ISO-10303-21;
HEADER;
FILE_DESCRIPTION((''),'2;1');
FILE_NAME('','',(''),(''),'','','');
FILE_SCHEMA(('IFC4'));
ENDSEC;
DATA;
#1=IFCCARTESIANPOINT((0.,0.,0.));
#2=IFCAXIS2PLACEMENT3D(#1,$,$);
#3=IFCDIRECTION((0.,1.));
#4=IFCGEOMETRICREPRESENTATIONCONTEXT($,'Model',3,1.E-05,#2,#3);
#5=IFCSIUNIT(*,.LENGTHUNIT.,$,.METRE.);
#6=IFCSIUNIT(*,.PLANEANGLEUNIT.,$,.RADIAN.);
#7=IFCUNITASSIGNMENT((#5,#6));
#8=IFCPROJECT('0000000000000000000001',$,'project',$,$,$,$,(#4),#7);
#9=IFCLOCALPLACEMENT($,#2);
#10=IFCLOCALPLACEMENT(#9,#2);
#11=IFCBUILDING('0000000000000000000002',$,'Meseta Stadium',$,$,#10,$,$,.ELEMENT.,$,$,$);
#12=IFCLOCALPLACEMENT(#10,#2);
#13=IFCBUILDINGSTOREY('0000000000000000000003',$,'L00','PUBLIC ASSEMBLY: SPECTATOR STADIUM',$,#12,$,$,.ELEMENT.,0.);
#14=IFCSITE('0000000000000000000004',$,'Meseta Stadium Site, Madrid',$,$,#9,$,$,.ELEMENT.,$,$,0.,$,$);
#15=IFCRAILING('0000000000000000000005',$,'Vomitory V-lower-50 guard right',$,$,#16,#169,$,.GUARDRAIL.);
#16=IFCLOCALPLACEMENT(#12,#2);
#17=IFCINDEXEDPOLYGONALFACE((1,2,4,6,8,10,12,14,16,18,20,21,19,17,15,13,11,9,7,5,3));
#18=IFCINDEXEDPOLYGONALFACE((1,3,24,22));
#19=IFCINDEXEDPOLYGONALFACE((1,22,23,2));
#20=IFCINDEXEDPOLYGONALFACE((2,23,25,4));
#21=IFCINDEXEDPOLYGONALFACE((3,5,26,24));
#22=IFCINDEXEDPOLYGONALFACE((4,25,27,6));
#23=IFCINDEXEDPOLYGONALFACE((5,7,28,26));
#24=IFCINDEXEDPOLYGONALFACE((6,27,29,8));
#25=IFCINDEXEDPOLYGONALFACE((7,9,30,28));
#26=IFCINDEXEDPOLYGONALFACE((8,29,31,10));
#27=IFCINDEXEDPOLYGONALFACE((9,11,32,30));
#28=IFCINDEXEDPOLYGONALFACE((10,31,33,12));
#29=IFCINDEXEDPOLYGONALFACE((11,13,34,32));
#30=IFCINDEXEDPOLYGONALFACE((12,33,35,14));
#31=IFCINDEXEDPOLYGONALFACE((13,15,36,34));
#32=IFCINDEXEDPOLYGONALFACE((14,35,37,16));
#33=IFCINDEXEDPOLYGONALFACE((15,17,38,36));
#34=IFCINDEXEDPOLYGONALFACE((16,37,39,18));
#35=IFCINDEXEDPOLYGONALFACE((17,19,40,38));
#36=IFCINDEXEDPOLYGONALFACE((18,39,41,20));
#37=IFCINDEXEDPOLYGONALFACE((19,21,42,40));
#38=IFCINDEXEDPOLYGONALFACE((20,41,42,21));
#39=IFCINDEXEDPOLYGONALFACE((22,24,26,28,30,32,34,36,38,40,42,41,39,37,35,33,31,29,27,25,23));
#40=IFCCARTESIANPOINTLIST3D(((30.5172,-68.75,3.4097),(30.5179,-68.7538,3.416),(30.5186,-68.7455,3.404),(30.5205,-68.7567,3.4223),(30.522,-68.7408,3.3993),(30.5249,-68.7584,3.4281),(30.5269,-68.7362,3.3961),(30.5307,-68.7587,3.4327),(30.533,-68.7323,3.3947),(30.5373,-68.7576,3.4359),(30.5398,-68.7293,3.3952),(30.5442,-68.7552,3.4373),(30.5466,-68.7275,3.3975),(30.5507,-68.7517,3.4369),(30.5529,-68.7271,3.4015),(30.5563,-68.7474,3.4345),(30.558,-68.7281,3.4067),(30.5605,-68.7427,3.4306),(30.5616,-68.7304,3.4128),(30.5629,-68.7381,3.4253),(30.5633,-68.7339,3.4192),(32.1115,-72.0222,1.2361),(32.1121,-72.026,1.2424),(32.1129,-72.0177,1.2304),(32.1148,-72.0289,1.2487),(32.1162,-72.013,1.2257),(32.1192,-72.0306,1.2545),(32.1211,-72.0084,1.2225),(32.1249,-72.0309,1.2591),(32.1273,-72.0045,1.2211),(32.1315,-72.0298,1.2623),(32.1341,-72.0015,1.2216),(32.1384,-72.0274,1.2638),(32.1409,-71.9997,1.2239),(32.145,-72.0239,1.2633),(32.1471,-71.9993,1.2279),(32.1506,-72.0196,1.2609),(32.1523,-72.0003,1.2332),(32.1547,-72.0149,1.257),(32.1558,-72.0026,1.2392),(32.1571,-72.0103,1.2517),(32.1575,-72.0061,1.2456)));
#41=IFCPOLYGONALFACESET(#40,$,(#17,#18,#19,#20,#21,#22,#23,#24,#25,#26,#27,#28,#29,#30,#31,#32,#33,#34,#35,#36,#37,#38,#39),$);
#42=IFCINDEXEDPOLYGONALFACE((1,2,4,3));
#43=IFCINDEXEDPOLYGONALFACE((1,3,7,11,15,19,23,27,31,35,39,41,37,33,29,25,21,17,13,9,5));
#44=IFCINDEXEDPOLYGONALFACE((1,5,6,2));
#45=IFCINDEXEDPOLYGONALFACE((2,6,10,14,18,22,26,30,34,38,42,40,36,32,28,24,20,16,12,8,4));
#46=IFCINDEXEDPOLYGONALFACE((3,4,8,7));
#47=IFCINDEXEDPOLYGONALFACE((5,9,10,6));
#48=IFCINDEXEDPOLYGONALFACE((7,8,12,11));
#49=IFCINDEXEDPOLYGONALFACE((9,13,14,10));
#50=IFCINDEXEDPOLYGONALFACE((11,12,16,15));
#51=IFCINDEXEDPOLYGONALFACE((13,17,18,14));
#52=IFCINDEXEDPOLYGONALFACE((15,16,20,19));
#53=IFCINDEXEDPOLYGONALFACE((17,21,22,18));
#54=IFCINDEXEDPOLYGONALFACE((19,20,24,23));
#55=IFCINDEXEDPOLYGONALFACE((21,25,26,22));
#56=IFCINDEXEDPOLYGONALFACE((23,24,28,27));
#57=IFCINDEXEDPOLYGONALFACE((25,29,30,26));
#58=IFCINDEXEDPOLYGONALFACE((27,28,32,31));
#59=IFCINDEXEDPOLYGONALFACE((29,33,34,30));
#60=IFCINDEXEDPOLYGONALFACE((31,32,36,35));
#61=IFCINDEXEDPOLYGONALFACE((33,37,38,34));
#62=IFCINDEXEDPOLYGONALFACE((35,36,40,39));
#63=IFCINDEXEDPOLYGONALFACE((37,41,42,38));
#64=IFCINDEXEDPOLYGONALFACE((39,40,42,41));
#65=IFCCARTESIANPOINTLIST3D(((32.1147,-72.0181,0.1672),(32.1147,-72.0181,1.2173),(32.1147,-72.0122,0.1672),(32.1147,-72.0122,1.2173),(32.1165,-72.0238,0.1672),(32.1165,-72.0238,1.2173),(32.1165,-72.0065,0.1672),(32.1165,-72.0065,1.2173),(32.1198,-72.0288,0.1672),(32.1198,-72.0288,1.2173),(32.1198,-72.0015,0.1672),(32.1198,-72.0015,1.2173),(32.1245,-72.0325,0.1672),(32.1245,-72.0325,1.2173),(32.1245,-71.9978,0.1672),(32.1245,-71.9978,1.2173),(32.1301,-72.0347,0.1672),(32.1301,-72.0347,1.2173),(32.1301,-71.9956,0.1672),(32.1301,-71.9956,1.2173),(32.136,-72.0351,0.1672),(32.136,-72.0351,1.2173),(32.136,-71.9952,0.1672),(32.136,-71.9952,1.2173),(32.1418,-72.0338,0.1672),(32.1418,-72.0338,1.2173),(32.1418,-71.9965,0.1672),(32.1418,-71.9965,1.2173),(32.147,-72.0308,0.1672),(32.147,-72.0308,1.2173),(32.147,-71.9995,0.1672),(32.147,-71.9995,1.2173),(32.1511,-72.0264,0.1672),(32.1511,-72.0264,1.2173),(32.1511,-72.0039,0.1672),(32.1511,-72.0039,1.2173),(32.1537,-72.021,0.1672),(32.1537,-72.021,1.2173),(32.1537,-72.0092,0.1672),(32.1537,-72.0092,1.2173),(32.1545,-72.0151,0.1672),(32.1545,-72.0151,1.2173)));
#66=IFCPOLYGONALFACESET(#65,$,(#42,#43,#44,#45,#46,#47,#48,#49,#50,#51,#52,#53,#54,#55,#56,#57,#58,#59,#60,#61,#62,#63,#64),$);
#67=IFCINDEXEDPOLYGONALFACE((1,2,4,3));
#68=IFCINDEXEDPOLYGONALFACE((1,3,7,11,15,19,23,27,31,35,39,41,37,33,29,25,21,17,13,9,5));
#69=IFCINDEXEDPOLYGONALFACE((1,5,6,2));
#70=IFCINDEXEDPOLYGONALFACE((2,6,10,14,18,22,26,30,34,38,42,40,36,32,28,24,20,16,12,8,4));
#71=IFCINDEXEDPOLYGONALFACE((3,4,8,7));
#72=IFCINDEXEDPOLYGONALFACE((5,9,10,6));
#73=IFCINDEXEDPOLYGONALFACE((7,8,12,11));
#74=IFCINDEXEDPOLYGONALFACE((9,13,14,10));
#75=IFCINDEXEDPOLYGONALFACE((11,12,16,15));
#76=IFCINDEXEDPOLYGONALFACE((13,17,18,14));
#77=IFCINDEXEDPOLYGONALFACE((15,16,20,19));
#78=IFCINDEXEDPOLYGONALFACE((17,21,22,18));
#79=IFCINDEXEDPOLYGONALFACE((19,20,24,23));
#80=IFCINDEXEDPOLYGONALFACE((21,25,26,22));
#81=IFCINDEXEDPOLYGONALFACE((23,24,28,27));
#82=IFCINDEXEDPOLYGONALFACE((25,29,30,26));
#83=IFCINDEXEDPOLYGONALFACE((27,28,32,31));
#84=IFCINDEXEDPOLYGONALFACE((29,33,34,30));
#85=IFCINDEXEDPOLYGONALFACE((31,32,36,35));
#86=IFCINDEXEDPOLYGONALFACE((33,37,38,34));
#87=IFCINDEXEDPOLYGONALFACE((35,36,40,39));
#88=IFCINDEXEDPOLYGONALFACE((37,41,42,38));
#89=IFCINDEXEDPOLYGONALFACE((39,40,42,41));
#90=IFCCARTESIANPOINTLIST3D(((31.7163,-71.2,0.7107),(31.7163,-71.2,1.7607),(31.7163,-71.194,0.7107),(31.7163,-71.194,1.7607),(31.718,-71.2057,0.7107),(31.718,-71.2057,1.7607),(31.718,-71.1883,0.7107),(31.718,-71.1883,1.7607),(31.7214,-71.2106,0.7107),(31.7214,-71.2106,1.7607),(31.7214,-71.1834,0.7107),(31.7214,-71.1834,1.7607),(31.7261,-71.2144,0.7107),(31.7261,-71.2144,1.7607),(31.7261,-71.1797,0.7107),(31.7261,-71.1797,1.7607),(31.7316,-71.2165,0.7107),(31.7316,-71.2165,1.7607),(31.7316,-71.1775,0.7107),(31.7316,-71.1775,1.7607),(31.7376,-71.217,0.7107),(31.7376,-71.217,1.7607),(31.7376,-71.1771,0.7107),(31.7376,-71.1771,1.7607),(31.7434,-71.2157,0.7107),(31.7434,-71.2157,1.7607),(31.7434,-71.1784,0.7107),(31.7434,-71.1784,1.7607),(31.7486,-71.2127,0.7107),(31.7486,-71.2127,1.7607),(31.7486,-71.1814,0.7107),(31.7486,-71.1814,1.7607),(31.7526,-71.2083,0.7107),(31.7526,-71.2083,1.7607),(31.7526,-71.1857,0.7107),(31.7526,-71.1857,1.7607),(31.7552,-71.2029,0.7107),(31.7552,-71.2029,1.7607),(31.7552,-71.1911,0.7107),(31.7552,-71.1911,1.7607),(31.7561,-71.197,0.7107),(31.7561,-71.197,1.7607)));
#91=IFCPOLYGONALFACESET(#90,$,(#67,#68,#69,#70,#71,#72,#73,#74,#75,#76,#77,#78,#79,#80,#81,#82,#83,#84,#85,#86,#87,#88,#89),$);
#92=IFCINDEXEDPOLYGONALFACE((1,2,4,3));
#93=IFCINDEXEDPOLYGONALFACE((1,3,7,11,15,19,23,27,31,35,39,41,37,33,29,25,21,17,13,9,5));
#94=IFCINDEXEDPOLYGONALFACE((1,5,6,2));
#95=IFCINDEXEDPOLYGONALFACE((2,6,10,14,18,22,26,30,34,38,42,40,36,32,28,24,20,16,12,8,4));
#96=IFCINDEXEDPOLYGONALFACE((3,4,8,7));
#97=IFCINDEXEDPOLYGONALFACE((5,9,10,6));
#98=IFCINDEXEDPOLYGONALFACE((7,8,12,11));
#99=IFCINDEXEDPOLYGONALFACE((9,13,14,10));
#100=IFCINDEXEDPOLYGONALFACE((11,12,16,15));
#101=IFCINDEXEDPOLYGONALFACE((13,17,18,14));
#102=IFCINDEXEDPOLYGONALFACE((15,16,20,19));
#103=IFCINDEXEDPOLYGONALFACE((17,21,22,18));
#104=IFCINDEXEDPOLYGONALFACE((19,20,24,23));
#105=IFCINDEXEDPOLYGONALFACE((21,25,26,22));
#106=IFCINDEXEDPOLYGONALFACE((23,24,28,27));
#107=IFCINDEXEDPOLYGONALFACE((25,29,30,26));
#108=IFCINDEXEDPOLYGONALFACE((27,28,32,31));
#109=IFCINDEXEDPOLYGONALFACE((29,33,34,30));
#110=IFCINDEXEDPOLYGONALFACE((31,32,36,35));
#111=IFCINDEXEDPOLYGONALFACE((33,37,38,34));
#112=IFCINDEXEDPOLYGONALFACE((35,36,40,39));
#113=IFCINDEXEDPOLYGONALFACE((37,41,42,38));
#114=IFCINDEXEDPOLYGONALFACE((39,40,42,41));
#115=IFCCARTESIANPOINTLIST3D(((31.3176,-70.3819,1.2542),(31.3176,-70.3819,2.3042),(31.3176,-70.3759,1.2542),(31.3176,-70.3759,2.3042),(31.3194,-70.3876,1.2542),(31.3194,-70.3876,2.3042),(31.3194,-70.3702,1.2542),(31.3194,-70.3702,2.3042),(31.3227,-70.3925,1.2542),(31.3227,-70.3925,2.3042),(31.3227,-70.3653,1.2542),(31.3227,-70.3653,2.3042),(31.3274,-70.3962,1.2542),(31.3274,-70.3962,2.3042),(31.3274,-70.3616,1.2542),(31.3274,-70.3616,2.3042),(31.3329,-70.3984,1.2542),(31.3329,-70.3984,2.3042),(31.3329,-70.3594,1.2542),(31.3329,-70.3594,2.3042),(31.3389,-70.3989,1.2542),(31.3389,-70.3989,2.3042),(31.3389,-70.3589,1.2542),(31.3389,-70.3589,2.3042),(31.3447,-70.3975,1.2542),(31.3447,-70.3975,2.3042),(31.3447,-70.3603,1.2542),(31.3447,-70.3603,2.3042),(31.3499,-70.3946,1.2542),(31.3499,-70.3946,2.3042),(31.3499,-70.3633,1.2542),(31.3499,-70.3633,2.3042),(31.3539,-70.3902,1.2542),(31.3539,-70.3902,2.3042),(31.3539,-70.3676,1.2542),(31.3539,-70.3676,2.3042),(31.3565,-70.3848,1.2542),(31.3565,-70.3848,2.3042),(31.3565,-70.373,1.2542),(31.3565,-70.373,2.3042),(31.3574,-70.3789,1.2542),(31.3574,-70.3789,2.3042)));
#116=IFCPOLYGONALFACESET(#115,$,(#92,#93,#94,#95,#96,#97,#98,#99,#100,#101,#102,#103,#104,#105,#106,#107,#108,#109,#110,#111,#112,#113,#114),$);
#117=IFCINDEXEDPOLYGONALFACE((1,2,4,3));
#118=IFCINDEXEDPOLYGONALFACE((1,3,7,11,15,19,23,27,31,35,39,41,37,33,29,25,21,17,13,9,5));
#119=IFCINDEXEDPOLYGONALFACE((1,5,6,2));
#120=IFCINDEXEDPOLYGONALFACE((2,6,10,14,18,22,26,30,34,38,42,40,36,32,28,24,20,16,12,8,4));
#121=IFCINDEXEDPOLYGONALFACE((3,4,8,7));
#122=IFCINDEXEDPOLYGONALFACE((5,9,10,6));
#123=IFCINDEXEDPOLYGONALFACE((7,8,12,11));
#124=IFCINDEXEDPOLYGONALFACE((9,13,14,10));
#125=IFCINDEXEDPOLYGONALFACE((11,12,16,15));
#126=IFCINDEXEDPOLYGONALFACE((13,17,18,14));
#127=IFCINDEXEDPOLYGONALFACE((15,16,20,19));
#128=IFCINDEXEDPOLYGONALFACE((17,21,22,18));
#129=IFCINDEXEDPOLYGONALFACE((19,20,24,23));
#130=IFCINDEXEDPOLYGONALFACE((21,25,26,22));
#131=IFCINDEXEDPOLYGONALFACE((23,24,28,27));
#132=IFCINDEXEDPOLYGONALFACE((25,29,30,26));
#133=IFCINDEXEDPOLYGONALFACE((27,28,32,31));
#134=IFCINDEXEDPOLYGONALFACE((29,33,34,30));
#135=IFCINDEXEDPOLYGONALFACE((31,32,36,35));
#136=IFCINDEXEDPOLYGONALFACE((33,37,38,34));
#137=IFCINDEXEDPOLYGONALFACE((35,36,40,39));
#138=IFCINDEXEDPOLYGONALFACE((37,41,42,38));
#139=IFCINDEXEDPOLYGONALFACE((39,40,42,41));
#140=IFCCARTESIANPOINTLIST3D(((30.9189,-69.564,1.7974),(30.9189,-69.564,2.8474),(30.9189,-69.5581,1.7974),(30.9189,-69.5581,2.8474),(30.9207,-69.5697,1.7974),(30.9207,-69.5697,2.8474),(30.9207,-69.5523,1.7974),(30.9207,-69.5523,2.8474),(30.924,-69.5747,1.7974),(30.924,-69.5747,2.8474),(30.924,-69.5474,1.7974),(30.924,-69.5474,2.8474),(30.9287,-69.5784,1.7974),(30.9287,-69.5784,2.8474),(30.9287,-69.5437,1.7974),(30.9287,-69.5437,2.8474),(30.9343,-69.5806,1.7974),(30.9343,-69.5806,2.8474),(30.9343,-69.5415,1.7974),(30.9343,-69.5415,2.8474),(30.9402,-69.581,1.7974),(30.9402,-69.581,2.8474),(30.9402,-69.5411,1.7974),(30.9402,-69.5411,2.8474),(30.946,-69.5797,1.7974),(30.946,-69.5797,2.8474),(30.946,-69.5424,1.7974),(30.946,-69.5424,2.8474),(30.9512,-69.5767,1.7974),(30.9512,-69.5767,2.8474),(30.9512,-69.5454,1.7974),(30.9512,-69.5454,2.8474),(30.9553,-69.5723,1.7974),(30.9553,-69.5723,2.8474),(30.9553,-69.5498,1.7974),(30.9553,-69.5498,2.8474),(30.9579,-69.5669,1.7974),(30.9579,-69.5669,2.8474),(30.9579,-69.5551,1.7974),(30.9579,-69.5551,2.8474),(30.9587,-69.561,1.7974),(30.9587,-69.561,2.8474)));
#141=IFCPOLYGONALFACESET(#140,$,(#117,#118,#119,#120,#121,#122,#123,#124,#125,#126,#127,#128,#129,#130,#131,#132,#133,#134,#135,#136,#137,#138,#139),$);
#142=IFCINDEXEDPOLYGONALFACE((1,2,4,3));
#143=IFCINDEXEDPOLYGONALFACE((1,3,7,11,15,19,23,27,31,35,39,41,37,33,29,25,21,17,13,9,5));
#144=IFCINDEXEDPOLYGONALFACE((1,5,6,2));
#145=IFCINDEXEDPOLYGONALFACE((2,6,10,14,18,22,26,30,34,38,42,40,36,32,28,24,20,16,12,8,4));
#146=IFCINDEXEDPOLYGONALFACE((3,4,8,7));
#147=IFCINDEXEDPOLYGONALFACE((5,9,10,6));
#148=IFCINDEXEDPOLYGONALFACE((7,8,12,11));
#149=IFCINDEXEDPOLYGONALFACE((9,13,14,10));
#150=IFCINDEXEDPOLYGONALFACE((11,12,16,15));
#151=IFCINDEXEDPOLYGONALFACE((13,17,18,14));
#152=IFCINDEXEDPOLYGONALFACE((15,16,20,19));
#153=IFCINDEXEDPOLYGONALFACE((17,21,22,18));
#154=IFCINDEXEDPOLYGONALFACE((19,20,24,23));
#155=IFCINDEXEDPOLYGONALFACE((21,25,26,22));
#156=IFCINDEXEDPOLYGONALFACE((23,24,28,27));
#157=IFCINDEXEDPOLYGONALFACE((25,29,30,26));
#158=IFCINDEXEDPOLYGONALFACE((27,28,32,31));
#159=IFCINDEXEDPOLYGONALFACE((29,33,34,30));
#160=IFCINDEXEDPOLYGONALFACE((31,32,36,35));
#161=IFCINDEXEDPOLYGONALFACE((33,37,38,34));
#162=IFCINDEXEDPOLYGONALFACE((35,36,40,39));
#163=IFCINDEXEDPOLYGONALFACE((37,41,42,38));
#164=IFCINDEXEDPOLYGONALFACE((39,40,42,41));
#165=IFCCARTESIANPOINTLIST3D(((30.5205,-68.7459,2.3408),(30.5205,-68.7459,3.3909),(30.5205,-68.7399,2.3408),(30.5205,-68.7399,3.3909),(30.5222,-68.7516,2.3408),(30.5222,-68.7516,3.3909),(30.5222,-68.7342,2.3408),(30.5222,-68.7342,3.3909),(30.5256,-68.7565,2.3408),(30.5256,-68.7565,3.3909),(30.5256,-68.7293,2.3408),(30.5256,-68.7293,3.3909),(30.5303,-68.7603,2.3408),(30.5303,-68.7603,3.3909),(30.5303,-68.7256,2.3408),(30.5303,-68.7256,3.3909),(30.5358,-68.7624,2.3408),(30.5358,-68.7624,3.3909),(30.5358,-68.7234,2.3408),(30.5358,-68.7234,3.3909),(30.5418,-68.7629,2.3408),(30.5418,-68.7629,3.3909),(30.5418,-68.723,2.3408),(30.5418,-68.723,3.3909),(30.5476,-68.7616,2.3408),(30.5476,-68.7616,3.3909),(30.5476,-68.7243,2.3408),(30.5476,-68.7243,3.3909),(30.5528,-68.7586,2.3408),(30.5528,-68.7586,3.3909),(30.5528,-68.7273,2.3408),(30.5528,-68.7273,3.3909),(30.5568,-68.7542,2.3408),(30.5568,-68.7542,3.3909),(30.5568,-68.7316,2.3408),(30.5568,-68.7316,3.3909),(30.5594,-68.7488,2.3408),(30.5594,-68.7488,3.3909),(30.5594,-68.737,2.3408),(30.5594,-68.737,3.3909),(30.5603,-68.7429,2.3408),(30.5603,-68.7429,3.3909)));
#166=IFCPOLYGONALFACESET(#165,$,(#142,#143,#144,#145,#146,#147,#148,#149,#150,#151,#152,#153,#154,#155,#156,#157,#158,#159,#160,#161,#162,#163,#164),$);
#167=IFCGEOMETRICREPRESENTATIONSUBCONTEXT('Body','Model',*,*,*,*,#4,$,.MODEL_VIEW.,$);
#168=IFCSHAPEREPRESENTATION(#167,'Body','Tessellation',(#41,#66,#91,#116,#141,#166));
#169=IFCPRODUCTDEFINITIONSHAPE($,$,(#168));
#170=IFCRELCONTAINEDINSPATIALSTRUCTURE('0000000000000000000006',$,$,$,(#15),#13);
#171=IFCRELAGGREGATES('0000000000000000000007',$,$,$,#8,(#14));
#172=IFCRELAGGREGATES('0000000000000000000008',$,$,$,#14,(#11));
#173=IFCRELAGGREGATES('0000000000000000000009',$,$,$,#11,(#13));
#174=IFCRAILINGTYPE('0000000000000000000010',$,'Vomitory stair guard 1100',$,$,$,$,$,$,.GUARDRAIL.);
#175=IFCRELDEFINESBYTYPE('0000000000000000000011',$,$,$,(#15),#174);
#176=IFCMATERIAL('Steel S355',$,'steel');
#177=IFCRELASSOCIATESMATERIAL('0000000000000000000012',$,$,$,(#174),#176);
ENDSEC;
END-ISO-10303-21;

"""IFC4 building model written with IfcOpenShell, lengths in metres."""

from ifc_helpers import new_model, si_unit, direction, frame, origin, origin_2d, place, context, subcontext, project, spatial, circle, extrude, material, type_object, element, save


model = new_model("IFC4")

# Units and contexts
model_context = context("Model", 3, precision=1e-05, world=origin(), true_north=direction((0.0, 1.0)))
body_context = subcontext(model_context, "Body", "Model", "MODEL_VIEW")
ifc_project = project(units=[si_unit("LENGTHUNIT", "METRE"), si_unit("PLANEANGLEUNIT", "RADIAN")], contexts=[model_context])

# Site, building, storey
site_placement = place(None, origin())
site = spatial("IfcSite", under=ifc_project, at=site_placement, Name="Meseta Stadium Site, Madrid", CompositionType="ELEMENT", RefElevation=0.0)
building_placement = place(site_placement, origin())
building = spatial("IfcBuilding", under=site, at=building_placement, Name="Meseta Stadium", CompositionType="ELEMENT")
storey_placement = place(building_placement, origin())
storey = spatial("IfcBuildingStorey", under=building, at=storey_placement, Name="L00", Description="PUBLIC ASSEMBLY: SPECTATOR STADIUM", CompositionType="ELEMENT", Elevation=0.0)

# Railing
ifc_material_1 = material(Name="Steel S355", Category="steel")
railing_type_1 = type_object("IfcRailingType", Name="Vomitory stair guard 1100", PredefinedType="GUARDRAIL", material=ifc_material_1)
railing_1_placement = place(storey_placement, frame((32.1345, -72.0151, 0.1672)))
element("IfcRailing", 1, at=railing_1_placement, inside=storey, type_object=railing_type_1, Name="Vomitory V-lower-50 guard right", PredefinedType="GUARDRAIL", context=body_context, shape_type="SweptSolid", body=[
    extrude(circle(Radius=0.0249, at=origin_2d()), frame((0.0, 0.0, 1.0752), z_axis=(-0.376043, 0.771838, 0.512697), x_axis=(-0.898981, -0.437987, 0.0)), (0.0, 0.0, 1.0), 4.2395),
    extrude(circle(Radius=0.02, at=origin_2d()), origin(), (0.0, 0.0, 1.0), 1.05),
    extrude(circle(Radius=0.02, at=origin_2d()), frame((-0.3984, 0.8181, 0.5435)), (0.0, 0.0, 1.0), 1.05),
    extrude(circle(Radius=0.02, at=origin_2d()), frame((-0.7971, 1.6362, 1.0869)), (0.0, 0.0, 1.0), 1.05),
    extrude(circle(Radius=0.02, at=origin_2d()), frame((-1.1958, 2.4541, 1.6301)), (0.0, 0.0, 1.0), 1.05),
    extrude(circle(Radius=0.02, at=origin_2d()), frame((-1.5942, 3.2722, 2.1736)), (0.0, 0.0, 1.0), 1.05),
])

save(model, "model.ifc")
